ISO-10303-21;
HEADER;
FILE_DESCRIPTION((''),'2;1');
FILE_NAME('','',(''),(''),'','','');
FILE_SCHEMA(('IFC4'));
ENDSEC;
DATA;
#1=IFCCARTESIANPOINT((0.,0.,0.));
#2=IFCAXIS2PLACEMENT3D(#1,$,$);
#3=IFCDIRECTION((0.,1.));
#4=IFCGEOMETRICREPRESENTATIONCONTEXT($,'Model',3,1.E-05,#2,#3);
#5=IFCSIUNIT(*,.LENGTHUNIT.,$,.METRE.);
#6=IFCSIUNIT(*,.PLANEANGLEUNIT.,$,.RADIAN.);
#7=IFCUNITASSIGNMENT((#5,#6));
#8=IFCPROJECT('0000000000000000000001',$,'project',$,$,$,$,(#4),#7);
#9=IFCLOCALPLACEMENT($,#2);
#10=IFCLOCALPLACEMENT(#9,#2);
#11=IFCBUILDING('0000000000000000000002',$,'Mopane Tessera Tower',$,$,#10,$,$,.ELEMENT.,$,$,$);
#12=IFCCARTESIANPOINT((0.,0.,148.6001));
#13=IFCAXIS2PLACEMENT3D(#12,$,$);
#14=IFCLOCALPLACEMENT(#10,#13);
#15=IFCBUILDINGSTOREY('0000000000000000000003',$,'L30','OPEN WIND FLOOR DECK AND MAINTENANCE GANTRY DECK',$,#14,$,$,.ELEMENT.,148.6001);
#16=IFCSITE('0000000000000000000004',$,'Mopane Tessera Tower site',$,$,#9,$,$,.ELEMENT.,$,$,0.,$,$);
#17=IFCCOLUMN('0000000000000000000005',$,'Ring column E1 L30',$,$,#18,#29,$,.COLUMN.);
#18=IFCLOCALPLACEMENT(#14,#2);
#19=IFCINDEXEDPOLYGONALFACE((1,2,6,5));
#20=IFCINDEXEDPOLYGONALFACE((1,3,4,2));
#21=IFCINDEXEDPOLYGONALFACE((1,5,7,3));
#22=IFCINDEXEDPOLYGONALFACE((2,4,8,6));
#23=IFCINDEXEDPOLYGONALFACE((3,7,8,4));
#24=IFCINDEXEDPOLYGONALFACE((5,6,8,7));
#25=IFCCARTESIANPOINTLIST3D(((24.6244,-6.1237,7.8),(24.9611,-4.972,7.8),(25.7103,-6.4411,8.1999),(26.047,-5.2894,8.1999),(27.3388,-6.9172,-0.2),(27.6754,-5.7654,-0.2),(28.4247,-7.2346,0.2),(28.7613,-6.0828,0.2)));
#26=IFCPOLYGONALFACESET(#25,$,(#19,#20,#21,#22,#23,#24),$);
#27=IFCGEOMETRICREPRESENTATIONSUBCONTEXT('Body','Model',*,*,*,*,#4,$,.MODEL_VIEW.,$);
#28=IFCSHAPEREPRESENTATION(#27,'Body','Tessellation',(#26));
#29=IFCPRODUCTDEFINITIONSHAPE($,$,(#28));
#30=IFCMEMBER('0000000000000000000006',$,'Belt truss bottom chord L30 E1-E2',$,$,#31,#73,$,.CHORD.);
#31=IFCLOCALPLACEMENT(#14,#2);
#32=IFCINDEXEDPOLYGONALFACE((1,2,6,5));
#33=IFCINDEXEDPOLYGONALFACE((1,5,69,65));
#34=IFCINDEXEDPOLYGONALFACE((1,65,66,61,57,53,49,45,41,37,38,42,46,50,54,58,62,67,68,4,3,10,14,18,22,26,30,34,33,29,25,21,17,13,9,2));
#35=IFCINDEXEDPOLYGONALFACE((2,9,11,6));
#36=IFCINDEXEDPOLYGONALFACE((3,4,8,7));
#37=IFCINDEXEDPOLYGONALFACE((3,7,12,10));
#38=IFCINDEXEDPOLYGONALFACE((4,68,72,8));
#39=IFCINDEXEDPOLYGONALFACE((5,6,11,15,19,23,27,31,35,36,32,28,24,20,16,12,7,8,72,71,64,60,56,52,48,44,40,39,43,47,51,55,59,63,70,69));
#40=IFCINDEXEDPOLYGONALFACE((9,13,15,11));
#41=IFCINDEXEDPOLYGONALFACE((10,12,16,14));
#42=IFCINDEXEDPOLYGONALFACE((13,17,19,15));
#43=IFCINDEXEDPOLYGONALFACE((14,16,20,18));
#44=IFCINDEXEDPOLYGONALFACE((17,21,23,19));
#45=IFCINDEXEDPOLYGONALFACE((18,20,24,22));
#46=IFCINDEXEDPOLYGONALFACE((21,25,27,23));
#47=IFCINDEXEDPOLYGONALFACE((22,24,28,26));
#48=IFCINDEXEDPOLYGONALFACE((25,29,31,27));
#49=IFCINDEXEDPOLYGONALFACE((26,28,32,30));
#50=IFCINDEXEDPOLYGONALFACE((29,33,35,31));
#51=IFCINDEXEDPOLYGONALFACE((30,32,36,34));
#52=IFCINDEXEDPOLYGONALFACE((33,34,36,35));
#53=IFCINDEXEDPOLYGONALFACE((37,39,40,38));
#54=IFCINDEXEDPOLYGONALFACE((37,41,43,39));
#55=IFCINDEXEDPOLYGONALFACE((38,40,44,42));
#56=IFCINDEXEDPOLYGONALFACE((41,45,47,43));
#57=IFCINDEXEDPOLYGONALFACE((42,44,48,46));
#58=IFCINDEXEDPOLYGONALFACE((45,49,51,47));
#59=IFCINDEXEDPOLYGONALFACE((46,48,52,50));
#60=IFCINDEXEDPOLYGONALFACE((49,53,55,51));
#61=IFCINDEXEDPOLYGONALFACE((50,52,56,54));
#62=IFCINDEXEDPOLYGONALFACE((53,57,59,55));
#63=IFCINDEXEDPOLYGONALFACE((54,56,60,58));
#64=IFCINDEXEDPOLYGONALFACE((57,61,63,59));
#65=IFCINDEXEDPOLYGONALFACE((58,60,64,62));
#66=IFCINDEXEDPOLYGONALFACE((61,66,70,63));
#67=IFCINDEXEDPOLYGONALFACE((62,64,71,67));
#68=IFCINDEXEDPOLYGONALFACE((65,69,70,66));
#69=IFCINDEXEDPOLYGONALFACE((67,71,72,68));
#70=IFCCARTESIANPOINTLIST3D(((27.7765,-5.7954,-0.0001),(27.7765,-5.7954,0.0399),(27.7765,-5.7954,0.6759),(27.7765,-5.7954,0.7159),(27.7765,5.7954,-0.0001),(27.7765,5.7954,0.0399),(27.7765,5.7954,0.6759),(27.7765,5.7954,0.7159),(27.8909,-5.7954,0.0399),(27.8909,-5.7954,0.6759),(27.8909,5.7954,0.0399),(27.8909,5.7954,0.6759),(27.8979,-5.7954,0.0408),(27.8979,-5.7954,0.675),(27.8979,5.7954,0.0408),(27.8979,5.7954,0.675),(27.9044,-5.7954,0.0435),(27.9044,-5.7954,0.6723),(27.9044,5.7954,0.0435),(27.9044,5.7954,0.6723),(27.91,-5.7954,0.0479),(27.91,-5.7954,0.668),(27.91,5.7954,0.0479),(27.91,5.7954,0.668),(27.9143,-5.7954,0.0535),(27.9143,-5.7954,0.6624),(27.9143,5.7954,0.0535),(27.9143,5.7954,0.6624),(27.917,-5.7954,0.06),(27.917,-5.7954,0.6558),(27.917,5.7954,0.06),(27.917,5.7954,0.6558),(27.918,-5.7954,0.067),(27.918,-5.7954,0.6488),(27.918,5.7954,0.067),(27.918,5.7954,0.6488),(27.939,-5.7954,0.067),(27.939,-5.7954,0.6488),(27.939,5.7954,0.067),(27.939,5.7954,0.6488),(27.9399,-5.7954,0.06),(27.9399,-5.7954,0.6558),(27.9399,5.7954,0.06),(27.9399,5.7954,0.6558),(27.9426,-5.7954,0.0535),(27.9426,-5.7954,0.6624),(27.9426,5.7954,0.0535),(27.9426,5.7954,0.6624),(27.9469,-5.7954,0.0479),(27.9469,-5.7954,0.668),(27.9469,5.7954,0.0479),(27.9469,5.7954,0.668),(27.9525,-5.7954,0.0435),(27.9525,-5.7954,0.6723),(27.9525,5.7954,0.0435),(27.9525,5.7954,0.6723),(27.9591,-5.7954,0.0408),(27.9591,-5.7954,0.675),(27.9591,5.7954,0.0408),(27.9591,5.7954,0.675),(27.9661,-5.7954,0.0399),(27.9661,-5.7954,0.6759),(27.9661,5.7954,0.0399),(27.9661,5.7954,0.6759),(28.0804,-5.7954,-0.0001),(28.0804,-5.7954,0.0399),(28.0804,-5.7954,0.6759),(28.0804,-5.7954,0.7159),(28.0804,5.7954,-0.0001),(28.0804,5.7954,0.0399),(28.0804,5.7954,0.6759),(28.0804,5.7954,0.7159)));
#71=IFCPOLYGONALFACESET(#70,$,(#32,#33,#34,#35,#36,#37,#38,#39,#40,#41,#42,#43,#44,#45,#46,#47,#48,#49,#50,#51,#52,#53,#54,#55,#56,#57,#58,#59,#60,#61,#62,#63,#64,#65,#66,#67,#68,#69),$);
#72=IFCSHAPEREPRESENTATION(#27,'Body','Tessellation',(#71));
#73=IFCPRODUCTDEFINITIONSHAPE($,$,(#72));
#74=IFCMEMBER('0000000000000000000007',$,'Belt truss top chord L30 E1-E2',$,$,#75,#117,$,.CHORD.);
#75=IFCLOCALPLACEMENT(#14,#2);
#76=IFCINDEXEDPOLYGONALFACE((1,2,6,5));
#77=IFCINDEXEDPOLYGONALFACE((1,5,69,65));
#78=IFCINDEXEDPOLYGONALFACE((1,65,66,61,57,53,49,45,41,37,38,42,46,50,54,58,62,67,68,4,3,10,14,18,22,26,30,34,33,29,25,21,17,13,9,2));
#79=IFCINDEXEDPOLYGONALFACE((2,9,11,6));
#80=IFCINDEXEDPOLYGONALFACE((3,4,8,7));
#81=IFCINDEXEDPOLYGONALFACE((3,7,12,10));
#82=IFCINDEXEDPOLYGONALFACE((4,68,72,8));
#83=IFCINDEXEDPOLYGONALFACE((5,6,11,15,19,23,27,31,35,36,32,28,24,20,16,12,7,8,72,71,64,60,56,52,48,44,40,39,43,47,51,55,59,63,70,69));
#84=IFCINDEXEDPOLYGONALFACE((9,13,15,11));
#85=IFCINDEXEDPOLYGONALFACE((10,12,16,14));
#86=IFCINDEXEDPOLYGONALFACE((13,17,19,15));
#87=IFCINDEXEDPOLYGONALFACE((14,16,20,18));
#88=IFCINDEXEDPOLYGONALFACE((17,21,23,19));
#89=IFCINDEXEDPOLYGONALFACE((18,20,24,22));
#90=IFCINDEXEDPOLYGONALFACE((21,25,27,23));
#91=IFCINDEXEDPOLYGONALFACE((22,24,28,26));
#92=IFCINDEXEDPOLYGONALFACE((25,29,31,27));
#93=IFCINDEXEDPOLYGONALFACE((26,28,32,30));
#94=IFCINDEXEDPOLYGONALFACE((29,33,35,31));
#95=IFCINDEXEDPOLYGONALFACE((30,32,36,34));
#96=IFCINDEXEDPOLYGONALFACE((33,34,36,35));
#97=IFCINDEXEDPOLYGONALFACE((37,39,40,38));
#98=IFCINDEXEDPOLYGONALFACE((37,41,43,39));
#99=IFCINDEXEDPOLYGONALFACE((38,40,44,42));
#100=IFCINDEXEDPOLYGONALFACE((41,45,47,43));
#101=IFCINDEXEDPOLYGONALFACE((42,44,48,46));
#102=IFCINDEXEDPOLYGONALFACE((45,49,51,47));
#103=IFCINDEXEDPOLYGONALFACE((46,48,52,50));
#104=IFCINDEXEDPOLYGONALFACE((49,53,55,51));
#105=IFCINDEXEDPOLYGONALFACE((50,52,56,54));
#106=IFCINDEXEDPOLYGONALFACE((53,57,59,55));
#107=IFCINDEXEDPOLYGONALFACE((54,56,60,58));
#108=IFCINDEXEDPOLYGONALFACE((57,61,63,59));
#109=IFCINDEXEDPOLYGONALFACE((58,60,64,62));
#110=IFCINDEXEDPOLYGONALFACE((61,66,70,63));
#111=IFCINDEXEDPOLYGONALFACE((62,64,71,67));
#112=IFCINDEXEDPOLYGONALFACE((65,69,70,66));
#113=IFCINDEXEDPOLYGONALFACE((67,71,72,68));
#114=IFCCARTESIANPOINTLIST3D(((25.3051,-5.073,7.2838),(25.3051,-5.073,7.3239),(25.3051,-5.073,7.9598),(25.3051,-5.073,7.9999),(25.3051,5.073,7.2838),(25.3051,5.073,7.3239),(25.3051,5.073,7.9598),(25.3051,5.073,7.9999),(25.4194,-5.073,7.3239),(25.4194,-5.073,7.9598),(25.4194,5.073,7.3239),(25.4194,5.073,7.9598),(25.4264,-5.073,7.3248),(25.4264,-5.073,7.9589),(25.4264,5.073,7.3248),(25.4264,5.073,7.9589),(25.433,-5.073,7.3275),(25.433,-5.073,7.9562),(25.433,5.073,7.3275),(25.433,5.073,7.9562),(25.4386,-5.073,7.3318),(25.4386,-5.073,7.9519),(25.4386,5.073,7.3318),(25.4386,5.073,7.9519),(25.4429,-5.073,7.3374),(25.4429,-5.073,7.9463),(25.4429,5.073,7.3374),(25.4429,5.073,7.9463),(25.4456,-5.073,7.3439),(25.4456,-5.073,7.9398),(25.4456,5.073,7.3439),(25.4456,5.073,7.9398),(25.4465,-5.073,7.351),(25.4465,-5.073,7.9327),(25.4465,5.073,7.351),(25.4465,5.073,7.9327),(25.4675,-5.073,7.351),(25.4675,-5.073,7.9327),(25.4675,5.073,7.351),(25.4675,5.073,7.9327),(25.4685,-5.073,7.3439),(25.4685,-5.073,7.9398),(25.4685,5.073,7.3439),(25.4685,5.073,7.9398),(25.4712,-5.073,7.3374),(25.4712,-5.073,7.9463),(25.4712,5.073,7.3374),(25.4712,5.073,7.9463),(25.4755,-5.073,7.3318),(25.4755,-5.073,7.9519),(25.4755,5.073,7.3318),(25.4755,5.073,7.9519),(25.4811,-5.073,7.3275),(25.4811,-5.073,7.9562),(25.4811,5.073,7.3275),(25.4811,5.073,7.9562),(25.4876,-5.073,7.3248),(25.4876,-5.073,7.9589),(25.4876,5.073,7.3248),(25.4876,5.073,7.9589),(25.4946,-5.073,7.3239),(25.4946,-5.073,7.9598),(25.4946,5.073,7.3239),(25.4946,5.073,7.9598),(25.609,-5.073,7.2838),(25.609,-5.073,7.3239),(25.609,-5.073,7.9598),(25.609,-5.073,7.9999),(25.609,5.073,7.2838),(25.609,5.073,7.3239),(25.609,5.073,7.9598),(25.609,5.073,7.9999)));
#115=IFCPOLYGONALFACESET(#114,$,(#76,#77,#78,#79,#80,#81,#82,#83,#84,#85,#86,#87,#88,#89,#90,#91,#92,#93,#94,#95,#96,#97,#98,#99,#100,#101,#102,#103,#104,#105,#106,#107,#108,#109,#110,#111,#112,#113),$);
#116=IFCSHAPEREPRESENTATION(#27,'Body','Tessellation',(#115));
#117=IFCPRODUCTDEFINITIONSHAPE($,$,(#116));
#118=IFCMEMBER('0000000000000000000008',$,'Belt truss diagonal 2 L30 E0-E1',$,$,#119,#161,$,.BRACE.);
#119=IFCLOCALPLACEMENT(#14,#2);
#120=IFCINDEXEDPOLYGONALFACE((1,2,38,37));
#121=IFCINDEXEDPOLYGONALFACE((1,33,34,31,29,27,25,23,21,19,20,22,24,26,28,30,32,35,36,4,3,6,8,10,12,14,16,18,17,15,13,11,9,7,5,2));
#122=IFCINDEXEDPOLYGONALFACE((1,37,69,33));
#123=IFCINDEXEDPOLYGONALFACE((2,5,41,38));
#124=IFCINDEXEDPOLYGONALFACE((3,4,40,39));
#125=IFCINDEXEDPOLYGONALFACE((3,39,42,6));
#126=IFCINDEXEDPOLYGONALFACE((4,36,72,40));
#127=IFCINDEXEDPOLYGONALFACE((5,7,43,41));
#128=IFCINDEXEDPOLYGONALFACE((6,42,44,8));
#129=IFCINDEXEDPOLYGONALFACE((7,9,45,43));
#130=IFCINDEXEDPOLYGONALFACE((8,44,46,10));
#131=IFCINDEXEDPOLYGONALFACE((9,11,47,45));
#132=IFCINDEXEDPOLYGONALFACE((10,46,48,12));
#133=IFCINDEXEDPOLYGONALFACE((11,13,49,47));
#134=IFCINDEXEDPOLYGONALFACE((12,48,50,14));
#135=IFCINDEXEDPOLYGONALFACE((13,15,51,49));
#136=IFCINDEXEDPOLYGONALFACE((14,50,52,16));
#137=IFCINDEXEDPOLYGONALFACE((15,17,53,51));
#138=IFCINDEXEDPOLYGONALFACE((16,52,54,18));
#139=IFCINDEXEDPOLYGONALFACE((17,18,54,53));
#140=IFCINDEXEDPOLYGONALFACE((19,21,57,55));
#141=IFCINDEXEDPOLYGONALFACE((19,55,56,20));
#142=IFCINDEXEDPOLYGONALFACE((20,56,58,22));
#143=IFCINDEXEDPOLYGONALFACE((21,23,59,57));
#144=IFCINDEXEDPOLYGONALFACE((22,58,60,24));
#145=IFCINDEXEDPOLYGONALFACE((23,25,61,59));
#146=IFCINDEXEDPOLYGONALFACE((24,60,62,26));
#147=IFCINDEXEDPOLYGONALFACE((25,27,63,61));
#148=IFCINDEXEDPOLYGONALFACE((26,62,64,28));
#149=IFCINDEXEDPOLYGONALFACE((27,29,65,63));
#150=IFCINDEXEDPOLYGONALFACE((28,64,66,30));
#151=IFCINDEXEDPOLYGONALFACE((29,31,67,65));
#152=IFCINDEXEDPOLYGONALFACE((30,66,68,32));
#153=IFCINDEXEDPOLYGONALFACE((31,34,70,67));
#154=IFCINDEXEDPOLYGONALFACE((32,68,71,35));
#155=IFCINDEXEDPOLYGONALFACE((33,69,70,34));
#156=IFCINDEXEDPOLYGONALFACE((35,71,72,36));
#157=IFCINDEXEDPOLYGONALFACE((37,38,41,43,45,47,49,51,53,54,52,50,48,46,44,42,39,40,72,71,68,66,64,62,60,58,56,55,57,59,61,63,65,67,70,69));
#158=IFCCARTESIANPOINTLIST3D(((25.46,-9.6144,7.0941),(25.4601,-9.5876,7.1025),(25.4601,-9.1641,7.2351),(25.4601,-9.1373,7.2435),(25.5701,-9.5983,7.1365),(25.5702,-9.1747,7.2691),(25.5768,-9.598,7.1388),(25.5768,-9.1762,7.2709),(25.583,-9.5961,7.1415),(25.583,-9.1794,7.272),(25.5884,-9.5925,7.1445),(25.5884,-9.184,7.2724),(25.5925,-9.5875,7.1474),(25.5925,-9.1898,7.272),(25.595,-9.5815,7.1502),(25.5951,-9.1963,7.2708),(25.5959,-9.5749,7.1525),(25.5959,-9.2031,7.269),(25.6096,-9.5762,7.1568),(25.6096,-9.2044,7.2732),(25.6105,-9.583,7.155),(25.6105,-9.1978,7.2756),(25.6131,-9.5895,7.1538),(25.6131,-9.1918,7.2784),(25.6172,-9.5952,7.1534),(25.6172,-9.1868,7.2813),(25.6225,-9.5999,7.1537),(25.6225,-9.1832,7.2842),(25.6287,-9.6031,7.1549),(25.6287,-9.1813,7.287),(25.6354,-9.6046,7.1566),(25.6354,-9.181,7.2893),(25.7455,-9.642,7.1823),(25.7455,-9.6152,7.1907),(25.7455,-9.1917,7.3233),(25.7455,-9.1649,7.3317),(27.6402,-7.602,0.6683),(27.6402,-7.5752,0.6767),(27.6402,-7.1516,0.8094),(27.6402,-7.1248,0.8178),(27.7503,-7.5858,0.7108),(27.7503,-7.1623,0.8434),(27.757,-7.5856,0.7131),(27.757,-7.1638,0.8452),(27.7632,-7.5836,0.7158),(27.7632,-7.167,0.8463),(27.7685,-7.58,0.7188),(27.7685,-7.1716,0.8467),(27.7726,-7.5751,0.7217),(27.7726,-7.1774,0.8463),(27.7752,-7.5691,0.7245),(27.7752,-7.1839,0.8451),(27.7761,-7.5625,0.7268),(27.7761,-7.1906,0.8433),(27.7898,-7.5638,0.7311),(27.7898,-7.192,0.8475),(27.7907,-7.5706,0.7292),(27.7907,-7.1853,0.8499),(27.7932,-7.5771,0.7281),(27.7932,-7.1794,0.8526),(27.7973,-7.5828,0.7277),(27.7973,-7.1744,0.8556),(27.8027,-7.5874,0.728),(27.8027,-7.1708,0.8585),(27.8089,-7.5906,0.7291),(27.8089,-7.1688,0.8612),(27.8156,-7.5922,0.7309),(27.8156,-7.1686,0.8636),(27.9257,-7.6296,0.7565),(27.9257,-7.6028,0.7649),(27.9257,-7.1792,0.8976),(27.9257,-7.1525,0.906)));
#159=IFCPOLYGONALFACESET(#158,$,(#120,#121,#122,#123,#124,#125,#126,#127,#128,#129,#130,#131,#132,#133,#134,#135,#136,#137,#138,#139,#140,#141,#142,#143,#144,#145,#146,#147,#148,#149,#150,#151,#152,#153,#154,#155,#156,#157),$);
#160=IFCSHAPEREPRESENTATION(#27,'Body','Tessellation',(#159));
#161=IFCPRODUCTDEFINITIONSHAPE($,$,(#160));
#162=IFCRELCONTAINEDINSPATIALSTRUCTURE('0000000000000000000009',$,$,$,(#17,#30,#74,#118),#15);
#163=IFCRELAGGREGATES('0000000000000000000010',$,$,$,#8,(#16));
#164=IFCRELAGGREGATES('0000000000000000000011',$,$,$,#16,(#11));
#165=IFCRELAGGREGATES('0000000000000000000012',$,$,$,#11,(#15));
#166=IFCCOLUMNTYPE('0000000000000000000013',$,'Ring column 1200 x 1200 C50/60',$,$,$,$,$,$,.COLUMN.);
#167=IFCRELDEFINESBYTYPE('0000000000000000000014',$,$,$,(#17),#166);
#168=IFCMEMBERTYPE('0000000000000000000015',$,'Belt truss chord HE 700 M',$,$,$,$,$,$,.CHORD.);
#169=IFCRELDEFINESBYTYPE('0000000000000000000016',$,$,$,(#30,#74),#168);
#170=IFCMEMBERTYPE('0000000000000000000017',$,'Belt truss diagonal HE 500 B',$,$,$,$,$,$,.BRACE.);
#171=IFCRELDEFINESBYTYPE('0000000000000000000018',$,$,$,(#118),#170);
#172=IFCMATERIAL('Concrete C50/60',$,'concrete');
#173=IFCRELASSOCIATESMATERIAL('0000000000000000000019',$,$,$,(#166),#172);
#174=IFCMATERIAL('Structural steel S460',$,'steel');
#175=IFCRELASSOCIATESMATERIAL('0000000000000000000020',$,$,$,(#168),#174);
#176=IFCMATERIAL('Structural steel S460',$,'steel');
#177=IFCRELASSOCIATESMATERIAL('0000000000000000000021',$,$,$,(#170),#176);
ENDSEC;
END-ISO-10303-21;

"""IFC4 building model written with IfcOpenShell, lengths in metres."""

from ifc_helpers import new_model, si_unit, direction, frame, origin, origin_2d, place, context, subcontext, project, spatial, rectangle, i_section, extrude, material, material_profile, profile_set, type_object, element, save


model = new_model("IFC4")

# Units and contexts
model_context = context("Model", 3, precision=1e-05, world=origin(), true_north=direction((0.0, 1.0)))
body_context = subcontext(model_context, "Body", "Model", "MODEL_VIEW")
ifc_project = project(units=[si_unit("LENGTHUNIT", "METRE"), si_unit("PLANEANGLEUNIT", "RADIAN")], contexts=[model_context])

# Site, building, storey
site_placement = place(None, origin())
site = spatial("IfcSite", under=ifc_project, at=site_placement, Name="Mopane Tessera Tower site", CompositionType="ELEMENT", RefElevation=0.0)
building_placement = place(site_placement, origin())
building = spatial("IfcBuilding", under=site, at=building_placement, Name="Mopane Tessera Tower", CompositionType="ELEMENT")
storey_placement = place(building_placement, frame((0.0, 0.0, 148.6001)))
storey = spatial("IfcBuildingStorey", under=building, at=storey_placement, Name="L30", Description="OPEN WIND FLOOR DECK AND MAINTENANCE GANTRY DECK", CompositionType="ELEMENT", Elevation=148.6001)

# Column
ifc_material_1 = material(Name="Concrete C50/60", Category="concrete")
ifc_material_profile_1 = material_profile(ifc_material_1, rectangle(XDim=1.2, YDim=1.2, at=origin_2d()))
ifc_profile_set_1 = profile_set([ifc_material_profile_1], Name="Concrete C50/60")
column_type = type_object("IfcColumnType", Name="Ring column 1200 x 1200 C50/60", PredefinedType="COLUMN", material=ifc_profile_set_1)
column_placement = place(storey_placement, frame((28.05, -6.5, 0.0), z_axis=(-0.319896, 0.093512, 0.942827), x_axis=(-0.280577, -0.959832, 0.0)))
element("IfcColumn", 1, at=column_placement, inside=storey, type_object=column_type, Name="Ring column E1 L30", PredefinedType="COLUMN", context=body_context, shape_type="SweptSolid", body=[
    extrude(rectangle(XDim=1.2, YDim=1.2, at=origin_2d()), origin(), (0.0, 0.0, 1.0), 8.4851),
])

# Members
ifc_material_2 = material(Name="Structural steel S460", Category="steel")
ifc_material_profile_2 = material_profile(ifc_material_2, i_section(OverallWidth=0.304, OverallDepth=0.7161, WebThickness=0.021, FlangeThickness=0.04, FilletRadius=0.0271, at=origin_2d()))
ifc_profile_set_2 = profile_set([ifc_material_profile_2], Name="Structural steel S460")
member_type_1 = type_object("IfcMemberType", Name="Belt truss chord HE 700 M", PredefinedType="CHORD", material=ifc_profile_set_2)
member_1_placement = place(storey_placement, frame((27.9285, -5.7954, 0.3579), z_axis=(0.0, 1.0, 0.0), x_axis=(-1.0, 0.0, 0.0)))
element("IfcMember", 2, at=member_1_placement, inside=storey, type_object=member_type_1, Name="Belt truss bottom chord L30 E1-E2", PredefinedType="CHORD", context=body_context, shape_type="SweptSolid", body=[
    extrude(i_section(OverallWidth=0.304, OverallDepth=0.7161, WebThickness=0.021, FlangeThickness=0.04, FilletRadius=0.0271, at=origin_2d()), origin(), (0.0, 0.0, 1.0), 11.5908),
])
member_2_placement = place(storey_placement, frame((25.457, -5.073, 7.6418), z_axis=(0.0, 1.0, 0.0), x_axis=(-1.0, 0.0, 0.0)))
element("IfcMember", 3, at=member_2_placement, inside=storey, type_object=member_type_1, Name="Belt truss top chord L30 E1-E2", PredefinedType="CHORD", context=body_context, shape_type="SweptSolid", body=[
    extrude(i_section(OverallWidth=0.304, OverallDepth=0.7161, WebThickness=0.021, FlangeThickness=0.04, FilletRadius=0.0271, at=origin_2d()), origin(), (0.0, 0.0, 1.0), 10.146),
])
ifc_material_3 = material(Name="Structural steel S460", Category="steel")
ifc_material_profile_3 = material_profile(ifc_material_3, i_section(OverallWidth=0.3, OverallDepth=0.5, WebThickness=0.0144, FlangeThickness=0.0281, FilletRadius=0.0271, at=origin_2d()))
ifc_profile_set_3 = profile_set([ifc_material_profile_3], Name="Structural steel S460")
member_type_2 = type_object("IfcMemberType", Name="Belt truss diagonal HE 500 B", PredefinedType="BRACE", material=ifc_profile_set_3)
member_3_placement = place(storey_placement, frame((25.6028, -9.3896, 7.2129), z_axis=(0.308035, 0.284337, -0.907892), x_axis=(-0.951375, 0.092078, -0.293951)))
element("IfcMember", 4, at=member_3_placement, inside=storey, type_object=member_type_2, Name="Belt truss diagonal 2 L30 E0-E1", PredefinedType="BRACE", context=body_context, shape_type="SweptSolid", body=[
    extrude(i_section(OverallWidth=0.3, OverallDepth=0.5, WebThickness=0.0144, FlangeThickness=0.0281, FilletRadius=0.0271, at=origin_2d()), origin(), (0.0, 0.0, 1.0), 7.0776),
])

save(model, "model.ifc")
